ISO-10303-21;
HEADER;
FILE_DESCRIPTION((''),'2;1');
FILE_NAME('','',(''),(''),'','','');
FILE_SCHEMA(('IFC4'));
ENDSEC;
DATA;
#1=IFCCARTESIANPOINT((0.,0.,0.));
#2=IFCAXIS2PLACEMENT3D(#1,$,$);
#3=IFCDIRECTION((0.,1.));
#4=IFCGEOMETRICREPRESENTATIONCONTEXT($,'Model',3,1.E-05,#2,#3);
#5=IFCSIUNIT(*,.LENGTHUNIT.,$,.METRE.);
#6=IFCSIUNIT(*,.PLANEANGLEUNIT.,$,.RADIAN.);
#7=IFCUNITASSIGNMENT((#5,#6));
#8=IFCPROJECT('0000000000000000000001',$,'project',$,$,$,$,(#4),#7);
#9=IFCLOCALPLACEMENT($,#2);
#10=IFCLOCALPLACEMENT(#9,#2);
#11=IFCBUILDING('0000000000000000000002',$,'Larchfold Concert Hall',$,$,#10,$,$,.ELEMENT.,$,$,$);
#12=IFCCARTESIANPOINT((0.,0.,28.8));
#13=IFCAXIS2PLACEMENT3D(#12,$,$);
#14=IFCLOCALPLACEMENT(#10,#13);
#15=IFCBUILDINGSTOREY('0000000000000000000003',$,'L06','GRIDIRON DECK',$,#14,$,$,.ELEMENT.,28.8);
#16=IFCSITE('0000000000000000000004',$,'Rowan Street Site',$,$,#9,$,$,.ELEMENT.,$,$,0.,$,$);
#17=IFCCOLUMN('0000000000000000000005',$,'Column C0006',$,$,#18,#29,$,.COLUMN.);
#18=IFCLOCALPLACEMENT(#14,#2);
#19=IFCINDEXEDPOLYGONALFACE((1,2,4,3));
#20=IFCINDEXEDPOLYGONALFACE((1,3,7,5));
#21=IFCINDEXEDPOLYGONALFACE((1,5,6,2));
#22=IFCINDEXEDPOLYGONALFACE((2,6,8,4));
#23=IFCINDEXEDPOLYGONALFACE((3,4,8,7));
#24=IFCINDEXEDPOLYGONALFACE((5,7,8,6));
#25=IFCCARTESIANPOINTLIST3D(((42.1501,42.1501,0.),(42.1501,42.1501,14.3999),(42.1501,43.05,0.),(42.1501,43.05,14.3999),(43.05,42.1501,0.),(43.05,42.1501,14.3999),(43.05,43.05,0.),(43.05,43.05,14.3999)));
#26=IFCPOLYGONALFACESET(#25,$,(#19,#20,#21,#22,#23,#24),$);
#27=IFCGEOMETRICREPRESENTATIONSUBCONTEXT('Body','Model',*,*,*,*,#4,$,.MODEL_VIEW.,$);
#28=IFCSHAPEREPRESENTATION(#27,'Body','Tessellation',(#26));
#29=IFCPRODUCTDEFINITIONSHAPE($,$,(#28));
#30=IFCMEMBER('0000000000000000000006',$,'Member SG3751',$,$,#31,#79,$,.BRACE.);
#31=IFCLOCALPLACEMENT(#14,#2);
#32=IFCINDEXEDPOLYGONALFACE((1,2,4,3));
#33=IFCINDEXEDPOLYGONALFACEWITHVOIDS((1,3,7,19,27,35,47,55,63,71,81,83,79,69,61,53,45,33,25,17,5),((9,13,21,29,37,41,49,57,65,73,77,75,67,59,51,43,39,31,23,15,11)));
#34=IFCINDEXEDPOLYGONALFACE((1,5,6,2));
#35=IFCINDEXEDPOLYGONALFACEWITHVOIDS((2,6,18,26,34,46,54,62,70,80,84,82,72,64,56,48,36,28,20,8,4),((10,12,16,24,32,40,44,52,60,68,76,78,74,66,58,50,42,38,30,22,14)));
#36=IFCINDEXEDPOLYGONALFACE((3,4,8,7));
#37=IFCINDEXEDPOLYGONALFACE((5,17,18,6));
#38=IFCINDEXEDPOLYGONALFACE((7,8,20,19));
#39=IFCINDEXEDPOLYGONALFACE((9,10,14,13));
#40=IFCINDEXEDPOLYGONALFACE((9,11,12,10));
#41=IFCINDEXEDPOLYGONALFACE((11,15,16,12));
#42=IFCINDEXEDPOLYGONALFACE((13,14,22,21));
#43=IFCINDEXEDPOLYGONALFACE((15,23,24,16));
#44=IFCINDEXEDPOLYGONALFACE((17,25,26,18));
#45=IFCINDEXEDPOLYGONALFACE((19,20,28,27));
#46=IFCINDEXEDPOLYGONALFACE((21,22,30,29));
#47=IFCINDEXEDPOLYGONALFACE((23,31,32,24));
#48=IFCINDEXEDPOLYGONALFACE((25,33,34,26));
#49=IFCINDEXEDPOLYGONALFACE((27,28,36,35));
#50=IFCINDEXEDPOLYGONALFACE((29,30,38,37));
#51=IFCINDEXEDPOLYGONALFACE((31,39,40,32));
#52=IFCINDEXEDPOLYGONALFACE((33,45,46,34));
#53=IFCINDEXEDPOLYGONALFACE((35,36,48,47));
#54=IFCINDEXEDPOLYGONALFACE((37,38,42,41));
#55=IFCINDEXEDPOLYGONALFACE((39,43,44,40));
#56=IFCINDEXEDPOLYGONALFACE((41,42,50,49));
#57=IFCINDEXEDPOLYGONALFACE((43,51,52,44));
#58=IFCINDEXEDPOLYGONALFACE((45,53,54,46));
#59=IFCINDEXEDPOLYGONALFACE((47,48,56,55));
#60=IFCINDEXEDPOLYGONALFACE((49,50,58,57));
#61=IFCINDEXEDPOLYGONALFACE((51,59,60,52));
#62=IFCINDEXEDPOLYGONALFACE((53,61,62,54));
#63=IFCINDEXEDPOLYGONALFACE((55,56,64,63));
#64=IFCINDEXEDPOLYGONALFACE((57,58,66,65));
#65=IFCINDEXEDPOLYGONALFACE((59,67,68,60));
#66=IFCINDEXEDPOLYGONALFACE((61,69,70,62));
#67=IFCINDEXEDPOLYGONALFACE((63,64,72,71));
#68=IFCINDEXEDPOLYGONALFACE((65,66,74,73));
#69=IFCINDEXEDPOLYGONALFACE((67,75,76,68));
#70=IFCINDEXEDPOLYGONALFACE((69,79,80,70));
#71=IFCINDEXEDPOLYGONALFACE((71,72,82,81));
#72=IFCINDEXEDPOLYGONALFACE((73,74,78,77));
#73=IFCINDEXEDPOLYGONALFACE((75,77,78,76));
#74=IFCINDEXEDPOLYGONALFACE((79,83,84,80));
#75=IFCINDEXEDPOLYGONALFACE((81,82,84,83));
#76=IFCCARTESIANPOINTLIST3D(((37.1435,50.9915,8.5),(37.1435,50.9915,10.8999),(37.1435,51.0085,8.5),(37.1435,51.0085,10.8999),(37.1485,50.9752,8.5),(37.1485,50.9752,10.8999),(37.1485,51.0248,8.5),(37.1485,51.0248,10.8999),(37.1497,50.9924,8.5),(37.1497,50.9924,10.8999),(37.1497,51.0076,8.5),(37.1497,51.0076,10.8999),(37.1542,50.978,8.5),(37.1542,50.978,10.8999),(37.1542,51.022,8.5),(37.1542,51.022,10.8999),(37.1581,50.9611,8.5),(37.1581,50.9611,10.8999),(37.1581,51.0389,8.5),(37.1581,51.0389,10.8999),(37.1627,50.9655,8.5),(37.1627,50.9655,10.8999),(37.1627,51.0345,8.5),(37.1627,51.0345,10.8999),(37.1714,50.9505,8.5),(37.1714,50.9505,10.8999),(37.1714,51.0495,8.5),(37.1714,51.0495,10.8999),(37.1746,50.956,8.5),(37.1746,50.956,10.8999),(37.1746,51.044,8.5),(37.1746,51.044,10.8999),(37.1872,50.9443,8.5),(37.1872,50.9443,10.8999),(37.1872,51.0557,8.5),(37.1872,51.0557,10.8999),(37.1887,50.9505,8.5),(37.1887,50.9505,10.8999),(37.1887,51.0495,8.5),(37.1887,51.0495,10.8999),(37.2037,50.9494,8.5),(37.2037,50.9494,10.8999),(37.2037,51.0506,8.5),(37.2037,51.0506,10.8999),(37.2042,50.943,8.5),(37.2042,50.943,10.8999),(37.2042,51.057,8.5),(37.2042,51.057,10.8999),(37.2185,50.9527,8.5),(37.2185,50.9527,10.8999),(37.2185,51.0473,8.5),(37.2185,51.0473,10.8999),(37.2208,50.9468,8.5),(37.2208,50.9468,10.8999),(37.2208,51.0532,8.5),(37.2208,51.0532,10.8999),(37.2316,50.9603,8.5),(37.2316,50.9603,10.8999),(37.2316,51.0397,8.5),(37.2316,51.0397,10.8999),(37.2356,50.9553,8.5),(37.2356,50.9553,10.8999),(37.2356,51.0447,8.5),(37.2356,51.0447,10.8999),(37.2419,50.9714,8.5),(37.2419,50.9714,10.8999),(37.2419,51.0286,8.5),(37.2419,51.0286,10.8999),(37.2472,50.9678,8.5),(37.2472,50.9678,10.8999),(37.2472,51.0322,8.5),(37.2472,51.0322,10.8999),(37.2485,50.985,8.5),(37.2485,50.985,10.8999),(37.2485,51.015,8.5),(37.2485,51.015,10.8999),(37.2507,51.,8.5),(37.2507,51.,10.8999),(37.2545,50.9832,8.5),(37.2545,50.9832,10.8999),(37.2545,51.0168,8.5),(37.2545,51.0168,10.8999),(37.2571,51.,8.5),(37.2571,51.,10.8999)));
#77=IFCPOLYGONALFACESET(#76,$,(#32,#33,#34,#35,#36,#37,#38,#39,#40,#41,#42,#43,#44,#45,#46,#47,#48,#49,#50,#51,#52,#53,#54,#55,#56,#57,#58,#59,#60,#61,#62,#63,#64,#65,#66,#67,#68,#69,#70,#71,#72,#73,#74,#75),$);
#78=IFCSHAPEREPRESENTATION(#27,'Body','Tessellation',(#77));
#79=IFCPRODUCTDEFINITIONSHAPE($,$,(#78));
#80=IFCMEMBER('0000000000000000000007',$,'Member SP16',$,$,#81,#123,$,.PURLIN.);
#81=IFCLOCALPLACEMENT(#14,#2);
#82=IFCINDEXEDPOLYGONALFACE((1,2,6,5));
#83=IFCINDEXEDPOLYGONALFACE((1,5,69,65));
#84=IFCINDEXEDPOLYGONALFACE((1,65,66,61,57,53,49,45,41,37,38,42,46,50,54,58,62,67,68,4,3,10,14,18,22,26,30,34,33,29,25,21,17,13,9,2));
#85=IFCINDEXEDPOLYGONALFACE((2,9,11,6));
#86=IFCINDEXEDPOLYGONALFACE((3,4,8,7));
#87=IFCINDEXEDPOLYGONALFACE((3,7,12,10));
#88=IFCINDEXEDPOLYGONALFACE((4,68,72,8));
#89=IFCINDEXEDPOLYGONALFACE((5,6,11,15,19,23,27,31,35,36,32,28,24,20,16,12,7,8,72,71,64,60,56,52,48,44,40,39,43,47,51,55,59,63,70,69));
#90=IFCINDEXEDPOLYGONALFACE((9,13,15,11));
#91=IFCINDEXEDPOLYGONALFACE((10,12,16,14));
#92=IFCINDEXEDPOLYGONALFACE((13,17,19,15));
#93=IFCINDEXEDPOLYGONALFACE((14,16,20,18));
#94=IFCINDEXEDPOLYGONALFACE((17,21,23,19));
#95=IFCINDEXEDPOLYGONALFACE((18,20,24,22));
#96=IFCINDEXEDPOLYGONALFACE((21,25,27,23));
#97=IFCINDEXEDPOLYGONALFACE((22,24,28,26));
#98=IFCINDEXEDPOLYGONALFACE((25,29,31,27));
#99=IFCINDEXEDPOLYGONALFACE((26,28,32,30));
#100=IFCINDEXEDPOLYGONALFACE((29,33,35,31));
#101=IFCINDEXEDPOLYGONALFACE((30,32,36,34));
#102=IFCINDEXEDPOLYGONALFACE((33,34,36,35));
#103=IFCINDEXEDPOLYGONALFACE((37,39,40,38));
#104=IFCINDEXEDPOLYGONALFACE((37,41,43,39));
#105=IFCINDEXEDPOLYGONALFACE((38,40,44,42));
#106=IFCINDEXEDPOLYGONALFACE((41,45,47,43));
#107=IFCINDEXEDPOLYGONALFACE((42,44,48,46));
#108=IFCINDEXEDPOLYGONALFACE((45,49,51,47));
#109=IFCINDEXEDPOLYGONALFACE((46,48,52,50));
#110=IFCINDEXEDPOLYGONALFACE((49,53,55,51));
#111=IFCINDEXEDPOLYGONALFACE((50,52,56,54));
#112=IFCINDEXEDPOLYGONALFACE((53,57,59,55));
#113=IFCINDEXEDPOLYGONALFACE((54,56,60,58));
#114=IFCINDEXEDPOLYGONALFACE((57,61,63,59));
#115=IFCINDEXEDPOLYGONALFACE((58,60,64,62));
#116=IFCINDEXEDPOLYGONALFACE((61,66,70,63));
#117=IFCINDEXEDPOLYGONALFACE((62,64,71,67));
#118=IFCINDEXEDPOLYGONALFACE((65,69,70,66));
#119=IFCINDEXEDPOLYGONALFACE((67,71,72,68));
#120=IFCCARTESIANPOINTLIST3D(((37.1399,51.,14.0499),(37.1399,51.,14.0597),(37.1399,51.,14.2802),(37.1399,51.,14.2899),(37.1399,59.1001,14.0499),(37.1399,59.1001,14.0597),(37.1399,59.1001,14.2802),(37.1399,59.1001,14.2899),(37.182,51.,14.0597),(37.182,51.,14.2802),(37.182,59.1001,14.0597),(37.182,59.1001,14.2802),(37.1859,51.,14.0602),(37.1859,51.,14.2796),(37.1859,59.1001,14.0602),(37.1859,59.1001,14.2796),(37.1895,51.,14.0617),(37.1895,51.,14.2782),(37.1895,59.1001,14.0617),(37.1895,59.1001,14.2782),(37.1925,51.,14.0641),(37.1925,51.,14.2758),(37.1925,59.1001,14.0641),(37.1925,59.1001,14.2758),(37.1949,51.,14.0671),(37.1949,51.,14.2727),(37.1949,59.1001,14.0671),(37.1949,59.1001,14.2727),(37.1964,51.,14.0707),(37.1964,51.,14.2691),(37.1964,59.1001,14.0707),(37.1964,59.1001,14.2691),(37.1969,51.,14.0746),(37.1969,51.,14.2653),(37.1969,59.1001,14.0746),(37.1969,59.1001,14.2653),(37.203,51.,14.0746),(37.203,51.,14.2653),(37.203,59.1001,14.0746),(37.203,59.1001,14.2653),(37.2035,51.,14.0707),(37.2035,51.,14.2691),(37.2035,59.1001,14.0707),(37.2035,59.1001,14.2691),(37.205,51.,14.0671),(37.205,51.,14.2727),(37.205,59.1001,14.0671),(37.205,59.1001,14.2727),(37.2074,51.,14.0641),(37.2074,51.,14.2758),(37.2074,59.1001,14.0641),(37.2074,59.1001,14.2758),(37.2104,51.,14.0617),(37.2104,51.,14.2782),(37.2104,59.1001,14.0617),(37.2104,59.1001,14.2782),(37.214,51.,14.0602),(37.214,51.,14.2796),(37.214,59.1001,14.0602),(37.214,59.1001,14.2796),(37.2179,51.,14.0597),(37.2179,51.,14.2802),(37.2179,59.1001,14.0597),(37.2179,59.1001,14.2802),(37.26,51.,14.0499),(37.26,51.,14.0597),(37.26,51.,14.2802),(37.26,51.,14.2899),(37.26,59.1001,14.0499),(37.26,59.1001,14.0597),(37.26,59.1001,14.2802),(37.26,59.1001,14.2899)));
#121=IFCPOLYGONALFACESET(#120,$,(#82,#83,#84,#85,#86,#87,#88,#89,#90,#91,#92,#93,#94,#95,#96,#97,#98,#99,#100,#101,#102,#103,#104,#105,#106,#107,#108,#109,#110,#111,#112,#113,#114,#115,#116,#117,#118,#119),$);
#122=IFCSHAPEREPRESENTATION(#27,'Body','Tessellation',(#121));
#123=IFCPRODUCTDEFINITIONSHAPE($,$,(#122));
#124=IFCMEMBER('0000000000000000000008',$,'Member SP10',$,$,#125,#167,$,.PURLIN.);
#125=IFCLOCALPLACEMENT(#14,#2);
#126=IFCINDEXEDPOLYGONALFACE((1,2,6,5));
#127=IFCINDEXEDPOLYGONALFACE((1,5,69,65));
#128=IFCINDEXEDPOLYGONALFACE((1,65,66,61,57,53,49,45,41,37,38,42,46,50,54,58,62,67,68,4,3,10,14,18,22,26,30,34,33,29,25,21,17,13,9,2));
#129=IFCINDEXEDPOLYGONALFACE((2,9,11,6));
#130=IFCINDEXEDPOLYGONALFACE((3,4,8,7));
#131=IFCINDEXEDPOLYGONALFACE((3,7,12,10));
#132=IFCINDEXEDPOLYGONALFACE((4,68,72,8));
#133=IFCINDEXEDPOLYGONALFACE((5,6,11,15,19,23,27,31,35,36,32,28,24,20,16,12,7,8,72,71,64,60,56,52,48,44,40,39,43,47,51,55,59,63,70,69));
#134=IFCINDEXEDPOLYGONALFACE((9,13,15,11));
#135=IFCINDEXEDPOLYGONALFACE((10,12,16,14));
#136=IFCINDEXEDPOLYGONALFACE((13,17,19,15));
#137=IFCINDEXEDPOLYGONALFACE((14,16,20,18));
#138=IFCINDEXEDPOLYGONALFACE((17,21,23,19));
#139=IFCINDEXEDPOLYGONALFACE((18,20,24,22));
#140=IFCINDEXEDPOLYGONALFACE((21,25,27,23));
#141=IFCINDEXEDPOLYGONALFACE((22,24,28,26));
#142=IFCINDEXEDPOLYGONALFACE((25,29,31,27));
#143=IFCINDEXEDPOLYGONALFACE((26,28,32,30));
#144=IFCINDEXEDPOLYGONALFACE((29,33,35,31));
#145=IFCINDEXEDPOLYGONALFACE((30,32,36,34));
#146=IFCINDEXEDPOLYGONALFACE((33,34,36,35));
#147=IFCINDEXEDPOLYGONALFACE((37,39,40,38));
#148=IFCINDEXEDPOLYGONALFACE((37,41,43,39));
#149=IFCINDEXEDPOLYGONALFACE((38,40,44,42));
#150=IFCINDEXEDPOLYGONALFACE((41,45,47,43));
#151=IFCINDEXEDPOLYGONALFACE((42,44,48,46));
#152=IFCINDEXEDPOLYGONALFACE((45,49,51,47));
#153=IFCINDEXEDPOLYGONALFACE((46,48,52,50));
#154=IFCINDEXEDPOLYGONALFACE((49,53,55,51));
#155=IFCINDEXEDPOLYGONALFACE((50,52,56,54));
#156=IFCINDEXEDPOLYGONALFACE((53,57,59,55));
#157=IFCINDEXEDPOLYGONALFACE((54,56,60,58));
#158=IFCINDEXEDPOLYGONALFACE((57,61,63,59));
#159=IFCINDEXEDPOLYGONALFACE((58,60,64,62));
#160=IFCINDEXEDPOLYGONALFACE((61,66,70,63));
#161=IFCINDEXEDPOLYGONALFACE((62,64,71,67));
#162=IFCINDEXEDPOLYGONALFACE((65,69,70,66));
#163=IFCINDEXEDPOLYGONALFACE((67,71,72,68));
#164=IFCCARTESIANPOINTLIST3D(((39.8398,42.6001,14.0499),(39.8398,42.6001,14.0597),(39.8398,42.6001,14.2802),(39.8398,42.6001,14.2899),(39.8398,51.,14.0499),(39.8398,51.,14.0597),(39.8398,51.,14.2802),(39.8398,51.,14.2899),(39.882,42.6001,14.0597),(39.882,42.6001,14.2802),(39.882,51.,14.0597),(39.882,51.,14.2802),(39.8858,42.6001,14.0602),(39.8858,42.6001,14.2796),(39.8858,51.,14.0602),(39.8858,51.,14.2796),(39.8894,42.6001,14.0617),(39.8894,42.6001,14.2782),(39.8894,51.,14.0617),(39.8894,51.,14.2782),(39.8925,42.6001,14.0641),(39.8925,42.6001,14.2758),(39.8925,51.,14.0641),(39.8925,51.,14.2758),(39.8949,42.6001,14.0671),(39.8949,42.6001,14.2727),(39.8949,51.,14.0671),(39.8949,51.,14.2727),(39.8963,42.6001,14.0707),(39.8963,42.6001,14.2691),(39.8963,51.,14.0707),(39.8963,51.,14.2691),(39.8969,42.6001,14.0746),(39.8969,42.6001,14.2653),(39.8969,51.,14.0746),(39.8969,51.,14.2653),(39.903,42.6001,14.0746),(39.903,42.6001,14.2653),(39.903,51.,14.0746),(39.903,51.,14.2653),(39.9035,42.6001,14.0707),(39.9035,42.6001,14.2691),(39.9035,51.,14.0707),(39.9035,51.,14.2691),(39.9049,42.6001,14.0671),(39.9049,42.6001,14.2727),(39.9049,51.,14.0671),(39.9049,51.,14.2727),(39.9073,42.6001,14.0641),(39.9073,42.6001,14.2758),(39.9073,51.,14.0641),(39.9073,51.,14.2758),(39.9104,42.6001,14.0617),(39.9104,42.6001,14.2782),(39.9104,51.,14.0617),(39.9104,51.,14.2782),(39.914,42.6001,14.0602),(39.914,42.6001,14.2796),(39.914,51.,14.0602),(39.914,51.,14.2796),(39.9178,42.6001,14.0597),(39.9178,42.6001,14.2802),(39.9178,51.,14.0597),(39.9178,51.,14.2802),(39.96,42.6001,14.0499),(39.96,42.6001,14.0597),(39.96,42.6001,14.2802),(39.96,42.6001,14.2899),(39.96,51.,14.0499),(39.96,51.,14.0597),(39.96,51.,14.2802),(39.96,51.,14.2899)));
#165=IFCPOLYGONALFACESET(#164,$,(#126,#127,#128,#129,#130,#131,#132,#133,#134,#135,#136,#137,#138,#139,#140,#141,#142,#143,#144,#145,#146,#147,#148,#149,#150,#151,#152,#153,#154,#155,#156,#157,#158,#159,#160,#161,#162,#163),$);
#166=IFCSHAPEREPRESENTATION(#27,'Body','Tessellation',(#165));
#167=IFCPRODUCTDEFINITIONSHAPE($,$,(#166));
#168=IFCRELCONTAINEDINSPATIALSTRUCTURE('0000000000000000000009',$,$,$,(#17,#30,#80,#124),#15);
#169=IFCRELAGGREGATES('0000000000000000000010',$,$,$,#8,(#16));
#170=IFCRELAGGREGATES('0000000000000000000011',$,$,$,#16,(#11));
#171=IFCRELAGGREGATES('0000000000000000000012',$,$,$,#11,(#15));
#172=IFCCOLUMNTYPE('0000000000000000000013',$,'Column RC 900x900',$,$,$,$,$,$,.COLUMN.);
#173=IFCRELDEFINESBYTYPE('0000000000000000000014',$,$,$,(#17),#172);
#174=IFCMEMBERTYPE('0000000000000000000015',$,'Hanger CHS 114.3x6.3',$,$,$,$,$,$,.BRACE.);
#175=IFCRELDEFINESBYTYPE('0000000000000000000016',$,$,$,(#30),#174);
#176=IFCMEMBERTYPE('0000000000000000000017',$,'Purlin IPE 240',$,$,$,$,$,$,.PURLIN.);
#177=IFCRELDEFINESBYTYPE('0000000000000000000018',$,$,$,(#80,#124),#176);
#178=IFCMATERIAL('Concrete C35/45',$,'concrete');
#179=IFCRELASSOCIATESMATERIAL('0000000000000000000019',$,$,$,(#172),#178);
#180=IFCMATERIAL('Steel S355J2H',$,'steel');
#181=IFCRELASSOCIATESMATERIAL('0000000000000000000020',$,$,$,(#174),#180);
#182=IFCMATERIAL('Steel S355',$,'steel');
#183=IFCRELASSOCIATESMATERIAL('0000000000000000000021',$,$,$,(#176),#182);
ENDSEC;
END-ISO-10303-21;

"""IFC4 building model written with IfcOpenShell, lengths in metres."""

from ifc_helpers import new_model, si_unit, direction, frame, origin, origin_2d, place, context, subcontext, project, spatial, rectangle, hollow_circle, i_section, extrude, material, material_profile, profile_set, type_object, element, save


model = new_model("IFC4")

# Units and contexts
model_context = context("Model", 3, precision=1e-05, world=origin(), true_north=direction((0.0, 1.0)))
body_context = subcontext(model_context, "Body", "Model", "MODEL_VIEW")
ifc_project = project(units=[si_unit("LENGTHUNIT", "METRE"), si_unit("PLANEANGLEUNIT", "RADIAN")], contexts=[model_context])

# Site, building, storey
site_placement = place(None, origin())
site = spatial("IfcSite", under=ifc_project, at=site_placement, Name="Rowan Street Site", CompositionType="ELEMENT", RefElevation=0.0)
building_placement = place(site_placement, origin())
building = spatial("IfcBuilding", under=site, at=building_placement, Name="Larchfold Concert Hall", CompositionType="ELEMENT")
storey_placement = place(building_placement, frame((0.0, 0.0, 28.8)))
storey = spatial("IfcBuildingStorey", under=building, at=storey_placement, Name="L06", Description="GRIDIRON DECK", CompositionType="ELEMENT", Elevation=28.8)

# Column
ifc_material_1 = material(Name="Concrete C35/45", Category="concrete")
ifc_material_profile_1 = material_profile(ifc_material_1, rectangle(XDim=0.8999, YDim=0.8999, at=origin_2d()))
ifc_profile_set_1 = profile_set([ifc_material_profile_1], Name="Concrete C35/45")
column_type = type_object("IfcColumnType", Name="Column RC 900x900", PredefinedType="COLUMN", material=ifc_profile_set_1)
column_placement = place(storey_placement, frame((42.6001, 42.6001, 0.0), z_axis=(0.0, 0.0, 1.0), x_axis=(1.0, 0.0, 0.0)))
element("IfcColumn", 1, at=column_placement, inside=storey, type_object=column_type, Name="Column C0006", PredefinedType="COLUMN", context=body_context, shape_type="SweptSolid", body=[
    extrude(rectangle(XDim=0.8999, YDim=0.8999, at=origin_2d()), origin(), (0.0, 0.0, 1.0), 14.3999),
])

# Members
ifc_material_2 = material(Name="Steel S355J2H", Category="steel")
ifc_material_profile_2 = material_profile(ifc_material_2, hollow_circle(Radius=0.0571, WallThickness=0.0063, at=origin_2d()))
ifc_profile_set_2 = profile_set([ifc_material_profile_2], Name="Steel S355J2H")
member_type_1 = type_object("IfcMemberType", Name="Hanger CHS 114.3x6.3", PredefinedType="BRACE", material=ifc_profile_set_2)
member_1_placement = place(storey_placement, frame((37.2, 51.0, 8.5), z_axis=(0.0, 0.0, 1.0), x_axis=(1.0, 0.0, 0.0)))
element("IfcMember", 2, at=member_1_placement, inside=storey, type_object=member_type_1, Name="Member SG3751", PredefinedType="BRACE", context=body_context, shape_type="SweptSolid", body=[
    extrude(hollow_circle(Radius=0.0571, WallThickness=0.0063, at=origin_2d()), origin(), (0.0, 0.0, 1.0), 2.3999),
])
ifc_material_3 = material(Name="Steel S355", Category="steel")
ifc_material_profile_3 = material_profile(ifc_material_3, i_section(OverallWidth=0.1201, OverallDepth=0.24, WebThickness=0.0061, FlangeThickness=0.0098, FilletRadius=0.0149, at=origin_2d()))
ifc_profile_set_3 = profile_set([ifc_material_profile_3], Name="Steel S355")
member_type_2 = type_object("IfcMemberType", Name="Purlin IPE 240", PredefinedType="PURLIN", material=ifc_profile_set_3)
member_2_placement = place(storey_placement, frame((37.2, 51.0, 14.1699), z_axis=(0.0, 1.0, 0.0), x_axis=(-1.0, 0.0, 0.0)))
element("IfcMember", 3, at=member_2_placement, inside=storey, type_object=member_type_2, Name="Member SP16", PredefinedType="PURLIN", context=body_context, shape_type="SweptSolid", body=[
    extrude(i_section(OverallWidth=0.1201, OverallDepth=0.24, WebThickness=0.0061, FlangeThickness=0.0098, FilletRadius=0.0149, at=origin_2d()), origin(), (0.0, 0.0, 1.0), 8.1001),
])
member_3_placement = place(storey_placement, frame((39.8999, 42.6001, 14.1699), z_axis=(0.0, 1.0, 0.0), x_axis=(-1.0, 0.0, 0.0)))
element("IfcMember", 4, at=member_3_placement, inside=storey, type_object=member_type_2, Name="Member SP10", PredefinedType="PURLIN", context=body_context, shape_type="SweptSolid", body=[
    extrude(i_section(OverallWidth=0.1201, OverallDepth=0.24, WebThickness=0.0061, FlangeThickness=0.0098, FilletRadius=0.0149, at=origin_2d()), origin(), (0.0, 0.0, 1.0), 8.3999),
])

save(model, "model.ifc")
